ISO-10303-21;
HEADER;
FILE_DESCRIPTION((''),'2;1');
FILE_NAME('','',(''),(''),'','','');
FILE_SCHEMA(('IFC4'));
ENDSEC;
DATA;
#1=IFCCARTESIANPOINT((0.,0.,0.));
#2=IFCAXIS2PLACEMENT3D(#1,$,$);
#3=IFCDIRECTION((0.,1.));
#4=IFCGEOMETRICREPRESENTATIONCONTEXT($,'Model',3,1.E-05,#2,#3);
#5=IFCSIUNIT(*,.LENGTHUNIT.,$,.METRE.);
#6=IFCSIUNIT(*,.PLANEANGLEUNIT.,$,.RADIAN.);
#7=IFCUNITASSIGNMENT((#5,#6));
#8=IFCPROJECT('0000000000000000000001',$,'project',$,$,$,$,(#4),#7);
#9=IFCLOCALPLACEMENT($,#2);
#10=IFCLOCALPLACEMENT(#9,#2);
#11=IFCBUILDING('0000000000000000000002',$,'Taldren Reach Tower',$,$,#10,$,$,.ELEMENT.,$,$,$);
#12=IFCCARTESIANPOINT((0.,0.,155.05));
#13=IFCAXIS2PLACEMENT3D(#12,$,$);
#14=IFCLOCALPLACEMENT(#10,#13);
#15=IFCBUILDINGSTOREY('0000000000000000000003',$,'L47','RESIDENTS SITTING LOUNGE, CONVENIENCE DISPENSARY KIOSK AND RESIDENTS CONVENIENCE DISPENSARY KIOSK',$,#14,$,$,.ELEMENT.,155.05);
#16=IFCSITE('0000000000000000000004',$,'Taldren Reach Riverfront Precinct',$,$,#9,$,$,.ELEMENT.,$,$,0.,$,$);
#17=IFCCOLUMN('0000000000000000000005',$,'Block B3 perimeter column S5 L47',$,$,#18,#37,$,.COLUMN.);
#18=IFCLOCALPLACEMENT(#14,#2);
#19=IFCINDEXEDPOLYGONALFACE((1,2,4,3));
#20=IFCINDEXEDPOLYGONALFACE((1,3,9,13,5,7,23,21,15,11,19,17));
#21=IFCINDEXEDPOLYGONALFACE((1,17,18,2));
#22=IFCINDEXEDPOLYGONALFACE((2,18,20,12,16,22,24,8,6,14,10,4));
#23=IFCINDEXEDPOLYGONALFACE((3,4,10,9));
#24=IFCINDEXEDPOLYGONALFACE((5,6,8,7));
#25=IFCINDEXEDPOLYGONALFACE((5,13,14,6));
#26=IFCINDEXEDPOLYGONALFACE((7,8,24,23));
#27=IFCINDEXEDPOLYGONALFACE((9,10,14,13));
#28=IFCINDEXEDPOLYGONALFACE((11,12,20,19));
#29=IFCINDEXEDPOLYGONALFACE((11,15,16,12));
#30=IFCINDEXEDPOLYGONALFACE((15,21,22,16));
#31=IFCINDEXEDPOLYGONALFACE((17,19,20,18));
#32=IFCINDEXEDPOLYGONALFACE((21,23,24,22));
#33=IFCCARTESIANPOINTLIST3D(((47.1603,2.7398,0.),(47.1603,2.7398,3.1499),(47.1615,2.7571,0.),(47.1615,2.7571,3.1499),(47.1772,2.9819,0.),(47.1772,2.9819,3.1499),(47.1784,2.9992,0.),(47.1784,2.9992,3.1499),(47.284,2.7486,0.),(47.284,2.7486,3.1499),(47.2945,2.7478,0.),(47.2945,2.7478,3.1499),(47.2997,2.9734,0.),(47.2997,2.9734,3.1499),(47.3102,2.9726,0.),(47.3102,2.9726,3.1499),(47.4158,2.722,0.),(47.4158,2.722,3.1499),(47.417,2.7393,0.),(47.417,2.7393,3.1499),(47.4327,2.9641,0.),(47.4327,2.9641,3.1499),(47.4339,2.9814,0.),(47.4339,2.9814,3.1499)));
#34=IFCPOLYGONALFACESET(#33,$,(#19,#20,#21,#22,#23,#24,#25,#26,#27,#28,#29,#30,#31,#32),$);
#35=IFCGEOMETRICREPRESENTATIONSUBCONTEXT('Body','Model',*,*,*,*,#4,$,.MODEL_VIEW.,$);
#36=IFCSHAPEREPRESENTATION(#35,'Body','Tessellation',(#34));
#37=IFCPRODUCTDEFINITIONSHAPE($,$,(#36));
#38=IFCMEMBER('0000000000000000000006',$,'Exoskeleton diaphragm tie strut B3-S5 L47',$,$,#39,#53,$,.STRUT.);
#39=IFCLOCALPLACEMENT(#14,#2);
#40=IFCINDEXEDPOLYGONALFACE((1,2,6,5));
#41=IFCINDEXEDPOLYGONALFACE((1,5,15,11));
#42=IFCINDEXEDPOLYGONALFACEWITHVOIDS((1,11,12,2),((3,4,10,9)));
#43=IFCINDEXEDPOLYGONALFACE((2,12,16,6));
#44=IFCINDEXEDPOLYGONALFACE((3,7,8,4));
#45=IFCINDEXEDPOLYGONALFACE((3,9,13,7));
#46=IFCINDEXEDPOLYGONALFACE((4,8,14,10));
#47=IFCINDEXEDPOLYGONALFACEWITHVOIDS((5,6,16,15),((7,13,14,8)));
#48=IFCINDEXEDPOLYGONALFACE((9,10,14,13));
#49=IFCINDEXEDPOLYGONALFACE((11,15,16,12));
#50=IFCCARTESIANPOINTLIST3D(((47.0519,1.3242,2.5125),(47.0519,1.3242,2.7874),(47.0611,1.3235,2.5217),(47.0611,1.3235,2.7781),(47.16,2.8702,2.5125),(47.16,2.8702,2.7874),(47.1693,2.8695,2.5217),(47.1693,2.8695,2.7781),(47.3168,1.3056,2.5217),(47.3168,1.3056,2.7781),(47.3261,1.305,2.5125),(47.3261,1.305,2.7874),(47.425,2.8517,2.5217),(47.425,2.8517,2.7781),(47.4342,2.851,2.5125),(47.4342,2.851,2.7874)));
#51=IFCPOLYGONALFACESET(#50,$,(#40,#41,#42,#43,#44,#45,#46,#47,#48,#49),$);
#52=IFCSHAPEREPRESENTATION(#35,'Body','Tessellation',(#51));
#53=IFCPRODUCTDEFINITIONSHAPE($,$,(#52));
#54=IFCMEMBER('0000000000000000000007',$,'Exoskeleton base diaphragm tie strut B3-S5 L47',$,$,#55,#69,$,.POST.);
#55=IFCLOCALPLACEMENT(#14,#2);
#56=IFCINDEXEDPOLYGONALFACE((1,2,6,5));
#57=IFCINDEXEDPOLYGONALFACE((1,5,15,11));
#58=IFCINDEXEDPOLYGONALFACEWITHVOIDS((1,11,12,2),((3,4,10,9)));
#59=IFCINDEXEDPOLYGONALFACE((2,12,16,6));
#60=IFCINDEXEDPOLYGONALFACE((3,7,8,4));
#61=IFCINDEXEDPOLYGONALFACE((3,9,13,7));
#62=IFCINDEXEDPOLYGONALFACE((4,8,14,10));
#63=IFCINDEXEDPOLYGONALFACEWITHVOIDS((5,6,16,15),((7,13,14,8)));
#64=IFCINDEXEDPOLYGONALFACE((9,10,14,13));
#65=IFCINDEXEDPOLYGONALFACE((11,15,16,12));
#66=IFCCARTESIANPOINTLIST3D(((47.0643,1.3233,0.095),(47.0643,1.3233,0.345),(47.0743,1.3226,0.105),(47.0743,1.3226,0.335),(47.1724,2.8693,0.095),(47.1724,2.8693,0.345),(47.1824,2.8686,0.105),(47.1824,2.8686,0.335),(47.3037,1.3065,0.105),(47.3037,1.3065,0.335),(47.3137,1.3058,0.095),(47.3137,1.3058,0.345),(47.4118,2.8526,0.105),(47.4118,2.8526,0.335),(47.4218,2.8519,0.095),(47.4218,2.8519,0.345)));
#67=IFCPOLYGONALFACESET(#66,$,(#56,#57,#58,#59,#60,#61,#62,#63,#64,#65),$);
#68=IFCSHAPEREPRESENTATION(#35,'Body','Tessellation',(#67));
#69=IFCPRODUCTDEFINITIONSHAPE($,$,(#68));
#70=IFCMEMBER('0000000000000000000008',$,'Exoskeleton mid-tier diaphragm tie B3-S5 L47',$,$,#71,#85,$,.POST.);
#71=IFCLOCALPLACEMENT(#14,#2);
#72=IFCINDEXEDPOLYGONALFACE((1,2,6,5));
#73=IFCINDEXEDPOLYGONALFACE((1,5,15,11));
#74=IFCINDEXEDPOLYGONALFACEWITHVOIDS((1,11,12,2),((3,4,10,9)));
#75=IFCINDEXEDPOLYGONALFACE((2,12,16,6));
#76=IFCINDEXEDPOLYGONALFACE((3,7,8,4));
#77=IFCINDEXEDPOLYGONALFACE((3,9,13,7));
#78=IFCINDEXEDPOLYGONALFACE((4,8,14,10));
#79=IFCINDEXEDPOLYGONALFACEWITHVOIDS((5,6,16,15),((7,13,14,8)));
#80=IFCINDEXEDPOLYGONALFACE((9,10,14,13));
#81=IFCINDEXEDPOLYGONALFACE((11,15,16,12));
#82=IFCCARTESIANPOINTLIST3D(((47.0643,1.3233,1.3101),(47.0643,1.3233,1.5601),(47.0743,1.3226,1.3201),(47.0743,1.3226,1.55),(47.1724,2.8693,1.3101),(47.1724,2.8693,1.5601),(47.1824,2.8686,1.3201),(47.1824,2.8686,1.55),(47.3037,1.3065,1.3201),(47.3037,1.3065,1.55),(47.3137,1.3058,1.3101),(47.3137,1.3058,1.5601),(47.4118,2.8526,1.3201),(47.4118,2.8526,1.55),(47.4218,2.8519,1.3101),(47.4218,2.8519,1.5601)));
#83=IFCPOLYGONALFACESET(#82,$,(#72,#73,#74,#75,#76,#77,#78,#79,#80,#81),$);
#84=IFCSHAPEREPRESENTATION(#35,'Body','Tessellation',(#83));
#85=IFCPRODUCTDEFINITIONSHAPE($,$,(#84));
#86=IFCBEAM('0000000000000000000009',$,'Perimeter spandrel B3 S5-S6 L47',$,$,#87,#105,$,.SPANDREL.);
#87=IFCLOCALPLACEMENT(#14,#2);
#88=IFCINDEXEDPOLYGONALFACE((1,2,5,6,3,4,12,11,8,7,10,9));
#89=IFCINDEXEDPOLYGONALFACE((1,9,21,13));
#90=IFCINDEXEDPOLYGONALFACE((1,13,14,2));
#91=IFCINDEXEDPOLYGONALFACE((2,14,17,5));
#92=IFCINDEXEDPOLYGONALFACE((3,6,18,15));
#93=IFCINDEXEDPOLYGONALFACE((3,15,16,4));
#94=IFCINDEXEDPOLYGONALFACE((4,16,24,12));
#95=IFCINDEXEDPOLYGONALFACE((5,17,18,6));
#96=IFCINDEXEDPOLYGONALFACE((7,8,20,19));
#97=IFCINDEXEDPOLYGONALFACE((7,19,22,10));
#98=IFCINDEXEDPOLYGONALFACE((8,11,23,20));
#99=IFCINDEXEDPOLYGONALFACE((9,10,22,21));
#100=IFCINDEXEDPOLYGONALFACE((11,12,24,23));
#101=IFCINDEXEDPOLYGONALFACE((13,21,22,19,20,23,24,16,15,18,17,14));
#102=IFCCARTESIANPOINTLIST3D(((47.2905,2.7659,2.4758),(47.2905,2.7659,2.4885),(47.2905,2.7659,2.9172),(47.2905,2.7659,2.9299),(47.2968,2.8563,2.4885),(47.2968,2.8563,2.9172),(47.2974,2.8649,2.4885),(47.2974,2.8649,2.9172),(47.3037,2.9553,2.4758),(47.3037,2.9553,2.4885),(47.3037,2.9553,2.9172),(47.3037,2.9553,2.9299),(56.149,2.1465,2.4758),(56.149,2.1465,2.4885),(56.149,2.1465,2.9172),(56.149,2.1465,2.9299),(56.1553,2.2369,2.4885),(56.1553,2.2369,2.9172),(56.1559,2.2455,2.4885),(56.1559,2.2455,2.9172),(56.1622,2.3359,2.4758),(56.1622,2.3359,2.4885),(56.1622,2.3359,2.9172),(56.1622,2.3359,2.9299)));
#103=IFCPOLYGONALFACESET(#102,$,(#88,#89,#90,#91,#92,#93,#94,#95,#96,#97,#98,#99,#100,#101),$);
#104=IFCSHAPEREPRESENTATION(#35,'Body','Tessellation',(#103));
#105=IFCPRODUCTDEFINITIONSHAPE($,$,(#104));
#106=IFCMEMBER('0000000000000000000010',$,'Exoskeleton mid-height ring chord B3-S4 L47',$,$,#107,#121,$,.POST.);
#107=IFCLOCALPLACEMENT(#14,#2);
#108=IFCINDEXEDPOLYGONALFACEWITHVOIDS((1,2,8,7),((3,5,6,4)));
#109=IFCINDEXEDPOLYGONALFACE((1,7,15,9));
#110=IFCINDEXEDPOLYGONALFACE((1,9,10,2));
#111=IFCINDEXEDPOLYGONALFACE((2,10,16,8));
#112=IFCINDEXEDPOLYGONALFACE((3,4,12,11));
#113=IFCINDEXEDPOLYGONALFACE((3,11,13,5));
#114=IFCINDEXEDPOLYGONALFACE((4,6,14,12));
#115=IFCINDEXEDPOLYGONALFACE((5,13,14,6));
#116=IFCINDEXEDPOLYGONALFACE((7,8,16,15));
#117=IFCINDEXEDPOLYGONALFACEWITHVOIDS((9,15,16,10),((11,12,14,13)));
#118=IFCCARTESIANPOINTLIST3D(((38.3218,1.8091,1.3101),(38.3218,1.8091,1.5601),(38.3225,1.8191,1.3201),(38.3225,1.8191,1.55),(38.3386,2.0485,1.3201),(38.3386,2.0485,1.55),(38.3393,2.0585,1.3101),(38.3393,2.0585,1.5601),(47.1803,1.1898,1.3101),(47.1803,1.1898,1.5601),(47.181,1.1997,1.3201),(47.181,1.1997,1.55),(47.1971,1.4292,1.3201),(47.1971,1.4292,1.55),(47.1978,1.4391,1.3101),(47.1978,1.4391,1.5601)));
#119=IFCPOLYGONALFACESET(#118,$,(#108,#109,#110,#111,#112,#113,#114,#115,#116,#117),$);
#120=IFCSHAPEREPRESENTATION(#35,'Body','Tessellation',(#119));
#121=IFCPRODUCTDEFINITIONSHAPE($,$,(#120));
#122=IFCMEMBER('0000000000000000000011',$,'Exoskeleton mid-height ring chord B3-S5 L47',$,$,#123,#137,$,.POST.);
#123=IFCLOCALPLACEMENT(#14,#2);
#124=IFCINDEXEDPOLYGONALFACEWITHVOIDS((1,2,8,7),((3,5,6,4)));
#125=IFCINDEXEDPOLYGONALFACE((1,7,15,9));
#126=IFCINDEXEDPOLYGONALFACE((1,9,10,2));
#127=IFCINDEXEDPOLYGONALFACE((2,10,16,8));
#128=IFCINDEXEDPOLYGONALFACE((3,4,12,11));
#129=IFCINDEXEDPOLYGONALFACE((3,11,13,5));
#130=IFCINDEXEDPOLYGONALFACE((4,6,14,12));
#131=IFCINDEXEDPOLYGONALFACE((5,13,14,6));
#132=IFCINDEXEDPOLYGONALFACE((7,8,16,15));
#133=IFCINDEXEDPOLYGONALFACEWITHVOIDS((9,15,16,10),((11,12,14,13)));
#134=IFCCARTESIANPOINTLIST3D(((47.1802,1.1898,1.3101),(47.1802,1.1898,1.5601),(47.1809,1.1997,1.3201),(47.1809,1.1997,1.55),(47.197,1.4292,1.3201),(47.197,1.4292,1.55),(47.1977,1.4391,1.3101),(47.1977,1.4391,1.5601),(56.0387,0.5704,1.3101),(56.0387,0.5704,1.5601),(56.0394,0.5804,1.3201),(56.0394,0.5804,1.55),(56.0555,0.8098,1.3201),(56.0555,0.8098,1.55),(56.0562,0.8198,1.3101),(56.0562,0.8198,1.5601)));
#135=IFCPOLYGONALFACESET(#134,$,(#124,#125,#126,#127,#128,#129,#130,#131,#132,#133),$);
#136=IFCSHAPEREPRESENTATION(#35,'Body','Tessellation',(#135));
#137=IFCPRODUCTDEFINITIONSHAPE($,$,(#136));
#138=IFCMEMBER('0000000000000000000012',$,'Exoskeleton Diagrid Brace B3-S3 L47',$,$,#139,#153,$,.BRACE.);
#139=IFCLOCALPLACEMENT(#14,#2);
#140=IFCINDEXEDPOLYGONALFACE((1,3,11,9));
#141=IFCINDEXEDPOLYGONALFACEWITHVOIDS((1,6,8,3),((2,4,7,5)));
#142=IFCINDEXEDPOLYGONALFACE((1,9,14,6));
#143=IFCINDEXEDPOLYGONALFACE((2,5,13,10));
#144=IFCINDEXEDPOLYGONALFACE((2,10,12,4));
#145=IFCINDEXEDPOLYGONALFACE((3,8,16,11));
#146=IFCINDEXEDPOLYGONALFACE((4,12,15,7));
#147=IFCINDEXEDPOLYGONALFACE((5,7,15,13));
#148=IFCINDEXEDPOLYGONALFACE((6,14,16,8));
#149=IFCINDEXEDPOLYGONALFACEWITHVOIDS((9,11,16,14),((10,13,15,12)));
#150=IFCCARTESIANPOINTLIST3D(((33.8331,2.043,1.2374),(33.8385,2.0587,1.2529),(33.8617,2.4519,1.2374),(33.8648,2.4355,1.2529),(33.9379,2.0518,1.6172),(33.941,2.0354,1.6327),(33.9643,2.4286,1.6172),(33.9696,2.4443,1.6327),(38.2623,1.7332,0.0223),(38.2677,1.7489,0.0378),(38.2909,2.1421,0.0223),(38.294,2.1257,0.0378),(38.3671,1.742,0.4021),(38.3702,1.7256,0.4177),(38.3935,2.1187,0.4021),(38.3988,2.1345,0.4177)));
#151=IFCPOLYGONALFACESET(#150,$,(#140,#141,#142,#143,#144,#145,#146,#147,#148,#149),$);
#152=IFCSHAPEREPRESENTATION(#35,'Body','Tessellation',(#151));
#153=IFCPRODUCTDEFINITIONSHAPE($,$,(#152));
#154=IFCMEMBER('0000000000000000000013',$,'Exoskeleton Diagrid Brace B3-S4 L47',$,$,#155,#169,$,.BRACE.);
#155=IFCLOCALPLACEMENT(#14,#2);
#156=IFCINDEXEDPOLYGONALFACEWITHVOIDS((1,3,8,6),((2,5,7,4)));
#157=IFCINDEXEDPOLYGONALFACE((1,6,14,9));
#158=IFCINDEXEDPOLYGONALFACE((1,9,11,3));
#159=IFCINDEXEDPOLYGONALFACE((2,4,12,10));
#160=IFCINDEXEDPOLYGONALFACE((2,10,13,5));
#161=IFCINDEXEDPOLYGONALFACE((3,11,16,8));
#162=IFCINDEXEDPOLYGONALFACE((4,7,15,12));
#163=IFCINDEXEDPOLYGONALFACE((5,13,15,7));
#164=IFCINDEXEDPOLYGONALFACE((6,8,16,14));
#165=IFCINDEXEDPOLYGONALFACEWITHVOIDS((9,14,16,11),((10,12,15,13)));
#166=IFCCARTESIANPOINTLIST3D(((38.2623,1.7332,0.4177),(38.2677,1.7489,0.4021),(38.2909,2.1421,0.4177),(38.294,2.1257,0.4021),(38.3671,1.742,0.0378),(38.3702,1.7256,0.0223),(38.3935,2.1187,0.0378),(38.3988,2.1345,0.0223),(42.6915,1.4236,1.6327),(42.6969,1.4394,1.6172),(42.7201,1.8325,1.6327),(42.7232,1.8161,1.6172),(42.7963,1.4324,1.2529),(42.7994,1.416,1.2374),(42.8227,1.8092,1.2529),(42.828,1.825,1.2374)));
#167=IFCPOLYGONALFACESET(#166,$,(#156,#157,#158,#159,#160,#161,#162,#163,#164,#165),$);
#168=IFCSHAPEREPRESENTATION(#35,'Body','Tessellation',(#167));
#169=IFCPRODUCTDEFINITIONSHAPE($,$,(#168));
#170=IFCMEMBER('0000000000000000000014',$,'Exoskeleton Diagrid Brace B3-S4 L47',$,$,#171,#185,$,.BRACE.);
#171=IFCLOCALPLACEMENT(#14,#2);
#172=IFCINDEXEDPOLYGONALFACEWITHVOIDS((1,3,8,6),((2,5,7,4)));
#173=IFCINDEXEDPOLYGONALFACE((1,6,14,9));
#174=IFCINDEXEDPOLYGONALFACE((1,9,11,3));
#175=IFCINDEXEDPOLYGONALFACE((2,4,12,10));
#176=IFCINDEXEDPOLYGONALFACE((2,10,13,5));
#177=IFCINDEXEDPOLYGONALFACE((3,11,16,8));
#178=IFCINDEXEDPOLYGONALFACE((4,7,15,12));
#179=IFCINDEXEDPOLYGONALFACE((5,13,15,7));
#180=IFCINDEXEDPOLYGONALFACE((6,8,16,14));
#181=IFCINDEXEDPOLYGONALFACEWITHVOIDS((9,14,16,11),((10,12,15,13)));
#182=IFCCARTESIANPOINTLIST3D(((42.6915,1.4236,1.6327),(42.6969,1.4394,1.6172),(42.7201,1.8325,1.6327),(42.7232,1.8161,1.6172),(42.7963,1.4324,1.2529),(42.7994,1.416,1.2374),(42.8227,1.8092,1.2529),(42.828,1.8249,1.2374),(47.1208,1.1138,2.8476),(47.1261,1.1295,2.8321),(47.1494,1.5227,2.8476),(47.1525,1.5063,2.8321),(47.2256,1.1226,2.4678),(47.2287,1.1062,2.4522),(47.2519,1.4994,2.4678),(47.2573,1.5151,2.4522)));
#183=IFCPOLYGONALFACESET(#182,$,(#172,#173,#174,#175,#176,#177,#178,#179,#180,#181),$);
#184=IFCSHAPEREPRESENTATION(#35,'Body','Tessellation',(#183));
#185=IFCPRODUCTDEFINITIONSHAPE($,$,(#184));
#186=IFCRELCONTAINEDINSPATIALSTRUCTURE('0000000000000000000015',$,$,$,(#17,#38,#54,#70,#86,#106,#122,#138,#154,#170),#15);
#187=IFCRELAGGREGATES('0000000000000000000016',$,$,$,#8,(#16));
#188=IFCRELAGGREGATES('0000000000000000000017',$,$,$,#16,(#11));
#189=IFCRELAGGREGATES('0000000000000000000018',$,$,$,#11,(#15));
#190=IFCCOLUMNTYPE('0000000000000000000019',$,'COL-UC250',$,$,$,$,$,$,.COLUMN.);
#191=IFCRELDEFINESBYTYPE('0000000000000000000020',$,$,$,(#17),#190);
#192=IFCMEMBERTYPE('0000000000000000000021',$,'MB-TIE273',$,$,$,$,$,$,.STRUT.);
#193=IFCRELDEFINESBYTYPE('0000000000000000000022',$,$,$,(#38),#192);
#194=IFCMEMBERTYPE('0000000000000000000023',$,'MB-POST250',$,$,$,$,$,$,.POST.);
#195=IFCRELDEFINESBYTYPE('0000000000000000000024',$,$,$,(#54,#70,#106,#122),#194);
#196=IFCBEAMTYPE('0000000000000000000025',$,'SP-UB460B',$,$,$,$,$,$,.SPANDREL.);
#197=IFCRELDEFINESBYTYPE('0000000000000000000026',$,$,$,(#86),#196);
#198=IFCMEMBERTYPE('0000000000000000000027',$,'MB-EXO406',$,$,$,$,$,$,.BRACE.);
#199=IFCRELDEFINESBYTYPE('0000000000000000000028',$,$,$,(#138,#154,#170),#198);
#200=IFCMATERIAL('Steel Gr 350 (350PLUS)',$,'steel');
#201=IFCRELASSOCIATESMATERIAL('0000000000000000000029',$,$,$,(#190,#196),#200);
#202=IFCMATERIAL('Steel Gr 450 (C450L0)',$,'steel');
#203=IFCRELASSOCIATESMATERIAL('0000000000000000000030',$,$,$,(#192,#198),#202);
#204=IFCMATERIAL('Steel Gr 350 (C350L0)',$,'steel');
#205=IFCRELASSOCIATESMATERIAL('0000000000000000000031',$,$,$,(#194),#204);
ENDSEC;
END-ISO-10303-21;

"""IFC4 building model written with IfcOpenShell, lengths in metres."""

from ifc_helpers import new_model, si_unit, direction, frame, origin, origin_2d, place, context, subcontext, project, spatial, hollow_rectangle, i_section, extrude, source, transform, mapped, material, material_profile, profile_set, type_object, element, save


model = new_model("IFC4")

# Units and contexts
model_context = context("Model", 3, precision=1e-05, world=origin(), true_north=direction((0.0, 1.0)))
body_context = subcontext(model_context, "Body", "Model", "MODEL_VIEW")
ifc_project = project(units=[si_unit("LENGTHUNIT", "METRE"), si_unit("PLANEANGLEUNIT", "RADIAN")], contexts=[model_context])

# Site, building, storey
site_placement = place(None, origin())
site = spatial("IfcSite", under=ifc_project, at=site_placement, Name="Taldren Reach Riverfront Precinct", CompositionType="ELEMENT", RefElevation=0.0)
building_placement = place(site_placement, origin())
building = spatial("IfcBuilding", under=site, at=building_placement, Name="Taldren Reach Tower", CompositionType="ELEMENT")
storey_placement = place(building_placement, frame((0.0, 0.0, 155.05)))
storey = spatial("IfcBuildingStorey", under=building, at=storey_placement, Name="L47", Description="RESIDENTS SITTING LOUNGE, CONVENIENCE DISPENSARY KIOSK AND RESIDENTS CONVENIENCE DISPENSARY KIOSK", CompositionType="ELEMENT", Elevation=155.05)

# Column
ifc_material_1 = material(Name="Steel Gr 350 (350PLUS)", Category="steel")
ifc_material_profile_1 = material_profile(ifc_material_1, i_section(OverallWidth=0.2561, OverallDepth=0.26, WebThickness=0.0105, FlangeThickness=0.0173, at=origin_2d()), Name="250UC89.5")
ifc_profile_set_1 = profile_set([ifc_material_profile_1], Name="Steel Gr 350 (350PLUS)")
column_type = type_object("IfcColumnType", Name="COL-UC250", PredefinedType="COLUMN", material=ifc_profile_set_1)
shared_shape_1 = source(origin(), body_context, "Body", "SweptSolid", [
    extrude(i_section(OverallWidth=0.2561, OverallDepth=0.26, WebThickness=0.0105, FlangeThickness=0.0173, at=origin_2d()), origin(), (0.0, 0.0, 1.0), 3.1499),
])
column_placement = place(storey_placement, frame((47.2971, 2.8606, 0.0), z_axis=(0.0, 0.0, 1.0), x_axis=(0.997564, -0.069756, 0.0)))
element("IfcColumn", 1, at=column_placement, inside=storey, type_object=column_type, Name="Block B3 perimeter column S5 L47", PredefinedType="COLUMN", context=body_context, shape_type="MappedRepresentation", body=[
    mapped(shared_shape_1, transform((0.0, 0.0, 0.0), scale=1.0)),
])

# Members
ifc_material_2 = material(Name="Steel Gr 450 (C450L0)", Category="steel")
ifc_material_profile_2 = material_profile(ifc_material_2, hollow_rectangle(XDim=0.2749, YDim=0.2749, WallThickness=0.0093, at=origin_2d()), Name="275x275x9.3SHS")
ifc_profile_set_2 = profile_set([ifc_material_profile_2], Name="Steel Gr 450 (C450L0)")
member_type_1 = type_object("IfcMemberType", Name="MB-TIE273", PredefinedType="STRUT", material=ifc_profile_set_2)
shared_shape_2 = source(origin(), body_context, "Body", "SweptSolid", [
    extrude(hollow_rectangle(XDim=0.2749, YDim=0.2749, WallThickness=0.0093, at=origin_2d()), origin(), (0.0, 0.0, 1.0), 1.5498),
])
member_1_placement = place(storey_placement, frame((47.2971, 2.8606, 2.6499), z_axis=(-0.069781, -0.997562, 0.0), x_axis=(0.997562, -0.069781, 0.0)))
element("IfcMember", 2, at=member_1_placement, inside=storey, type_object=member_type_1, Name="Exoskeleton diaphragm tie strut B3-S5 L47", PredefinedType="STRUT", context=body_context, shape_type="MappedRepresentation", body=[
    mapped(shared_shape_2, transform((0.0, 0.0, 0.0), scale=1.0)),
])
ifc_material_3 = material(Name="Steel Gr 350 (C350L0)", Category="steel")
ifc_material_profile_3 = material_profile(ifc_material_3, hollow_rectangle(XDim=0.25, YDim=0.25, WallThickness=0.01, at=origin_2d()), Name="250x250x10.0SHS")
ifc_profile_set_3 = profile_set([ifc_material_profile_3], Name="Steel Gr 350 (C350L0)")
member_type_2 = type_object("IfcMemberType", Name="MB-POST250", PredefinedType="POST", material=ifc_profile_set_3)
shared_shape_3 = source(origin(), body_context, "Body", "SweptSolid", [
    extrude(hollow_rectangle(XDim=0.25, YDim=0.25, WallThickness=0.01, at=origin_2d()), origin(), (0.0, 0.0, 1.0), 1.5498),
])
for number, where, z_axis, x_axis, name in (
    (3, (47.2971, 2.8606, 0.22), (-0.069781, -0.997562, 0.0), (0.997562, -0.069781, 0.0), "Exoskeleton base diaphragm tie strut B3-S5 L47"),
    (4, (47.2971, 2.8606, 1.4351), (-0.069781, -0.997562, 0.0), (0.997562, -0.069781, 0.0), "Exoskeleton mid-tier diaphragm tie B3-S5 L47"),
):
    element("IfcMember", number, at=place(storey_placement, frame(where, z_axis=z_axis, x_axis=x_axis)), inside=storey, type_object=member_type_2, Name=name, PredefinedType="POST", context=body_context, shape_type="MappedRepresentation", body=[
        mapped(shared_shape_3, transform((0.0, 0.0, 0.0), scale=1.0)),
    ])

# Beam
ifc_material_profile_4 = material_profile(ifc_material_1, i_section(OverallWidth=0.1899, OverallDepth=0.4541, WebThickness=0.0085, FlangeThickness=0.0127, at=origin_2d()), Name="460UB67.1")
ifc_profile_set_4 = profile_set([ifc_material_profile_4], Name="Steel Gr 350 (350PLUS)")
beam_type = type_object("IfcBeamType", Name="SP-UB460B", PredefinedType="SPANDREL", material=ifc_profile_set_4)
shared_shape_4 = source(origin(), body_context, "Body", "SweptSolid", [
    extrude(i_section(OverallWidth=0.1899, OverallDepth=0.4541, WebThickness=0.0085, FlangeThickness=0.0127, at=origin_2d()), origin(), (0.0, 0.0, 1.0), 8.8801),
])
beam_placement = place(storey_placement, frame((47.2971, 2.8606, 2.7029), z_axis=(0.997564, -0.06975, 0.0), x_axis=(0.06975, 0.997564, 0.0)))
element("IfcBeam", 5, at=beam_placement, inside=storey, type_object=beam_type, Name="Perimeter spandrel B3 S5-S6 L47", PredefinedType="SPANDREL", context=body_context, shape_type="MappedRepresentation", body=[
    mapped(shared_shape_4, transform((0.0, 0.0, 0.0), scale=1.0)),
])

# Members
shared_shape_5 = source(origin(), body_context, "Body", "SweptSolid", [
    extrude(hollow_rectangle(XDim=0.25, YDim=0.25, WallThickness=0.01, at=origin_2d()), origin(), (0.0, 0.0, 1.0), 8.8801),
])
for number, where, z_axis, x_axis, name in (
    (6, (38.3306, 1.9338, 1.4351), (0.997564, -0.06975, 0.0), (0.06975, 0.997564, 0.0), "Exoskeleton mid-height ring chord B3-S4 L47"),
    (7, (47.189, 1.3145, 1.4351), (0.997564, -0.06975, 0.0), (0.06975, 0.997564, 0.0), "Exoskeleton mid-height ring chord B3-S5 L47"),
):
    element("IfcMember", number, at=place(storey_placement, frame(where, z_axis=z_axis, x_axis=x_axis)), inside=storey, type_object=member_type_2, Name=name, PredefinedType="POST", context=body_context, shape_type="MappedRepresentation", body=[
        mapped(shared_shape_5, transform((0.0, 0.0, 0.0), scale=1.0)),
    ])
ifc_material_profile_5 = material_profile(ifc_material_2, hollow_rectangle(XDim=0.4099, YDim=0.4099, WallThickness=0.0161, at=origin_2d()), Name="410x410x16.0SHS")
ifc_profile_set_5 = profile_set([ifc_material_profile_5], Name="Steel Gr 450 (C450L0)")
member_type_3 = type_object("IfcMemberType", Name="MB-EXO406", PredefinedType="BRACE", material=ifc_profile_set_5)
shared_shape_6 = source(origin(), body_context, "Body", "SweptSolid", [
    extrude(hollow_rectangle(XDim=0.4099, YDim=0.4099, WallThickness=0.0161, at=origin_2d()), origin(), (0.0, 0.0, 1.0), 4.6033),
])
for number, where, z_axis, x_axis, name in (
    (8, (38.3306, 1.9338, 0.22), (-0.962182, 0.067303, 0.263961), (-0.069778, -0.997563, 0.0), "Exoskeleton Diagrid Brace B3-S3 L47"),
    (9, (38.3306, 1.9338, 0.22), (0.962186, -0.06725, 0.263962), (0.069723, 0.997566, 0.0), "Exoskeleton Diagrid Brace B3-S4 L47"),
    (10, (42.7598, 1.6243, 1.4351), (0.962196, -0.067304, 0.263912), (0.069778, 0.997563, 0.0), "Exoskeleton Diagrid Brace B3-S4 L47"),
):
    element("IfcMember", number, at=place(storey_placement, frame(where, z_axis=z_axis, x_axis=x_axis)), inside=storey, type_object=member_type_3, Name=name, PredefinedType="BRACE", context=body_context, shape_type="MappedRepresentation", body=[
        mapped(shared_shape_6, transform((0.0, 0.0, 0.0), scale=1.0)),
    ])

save(model, "model.ifc")
